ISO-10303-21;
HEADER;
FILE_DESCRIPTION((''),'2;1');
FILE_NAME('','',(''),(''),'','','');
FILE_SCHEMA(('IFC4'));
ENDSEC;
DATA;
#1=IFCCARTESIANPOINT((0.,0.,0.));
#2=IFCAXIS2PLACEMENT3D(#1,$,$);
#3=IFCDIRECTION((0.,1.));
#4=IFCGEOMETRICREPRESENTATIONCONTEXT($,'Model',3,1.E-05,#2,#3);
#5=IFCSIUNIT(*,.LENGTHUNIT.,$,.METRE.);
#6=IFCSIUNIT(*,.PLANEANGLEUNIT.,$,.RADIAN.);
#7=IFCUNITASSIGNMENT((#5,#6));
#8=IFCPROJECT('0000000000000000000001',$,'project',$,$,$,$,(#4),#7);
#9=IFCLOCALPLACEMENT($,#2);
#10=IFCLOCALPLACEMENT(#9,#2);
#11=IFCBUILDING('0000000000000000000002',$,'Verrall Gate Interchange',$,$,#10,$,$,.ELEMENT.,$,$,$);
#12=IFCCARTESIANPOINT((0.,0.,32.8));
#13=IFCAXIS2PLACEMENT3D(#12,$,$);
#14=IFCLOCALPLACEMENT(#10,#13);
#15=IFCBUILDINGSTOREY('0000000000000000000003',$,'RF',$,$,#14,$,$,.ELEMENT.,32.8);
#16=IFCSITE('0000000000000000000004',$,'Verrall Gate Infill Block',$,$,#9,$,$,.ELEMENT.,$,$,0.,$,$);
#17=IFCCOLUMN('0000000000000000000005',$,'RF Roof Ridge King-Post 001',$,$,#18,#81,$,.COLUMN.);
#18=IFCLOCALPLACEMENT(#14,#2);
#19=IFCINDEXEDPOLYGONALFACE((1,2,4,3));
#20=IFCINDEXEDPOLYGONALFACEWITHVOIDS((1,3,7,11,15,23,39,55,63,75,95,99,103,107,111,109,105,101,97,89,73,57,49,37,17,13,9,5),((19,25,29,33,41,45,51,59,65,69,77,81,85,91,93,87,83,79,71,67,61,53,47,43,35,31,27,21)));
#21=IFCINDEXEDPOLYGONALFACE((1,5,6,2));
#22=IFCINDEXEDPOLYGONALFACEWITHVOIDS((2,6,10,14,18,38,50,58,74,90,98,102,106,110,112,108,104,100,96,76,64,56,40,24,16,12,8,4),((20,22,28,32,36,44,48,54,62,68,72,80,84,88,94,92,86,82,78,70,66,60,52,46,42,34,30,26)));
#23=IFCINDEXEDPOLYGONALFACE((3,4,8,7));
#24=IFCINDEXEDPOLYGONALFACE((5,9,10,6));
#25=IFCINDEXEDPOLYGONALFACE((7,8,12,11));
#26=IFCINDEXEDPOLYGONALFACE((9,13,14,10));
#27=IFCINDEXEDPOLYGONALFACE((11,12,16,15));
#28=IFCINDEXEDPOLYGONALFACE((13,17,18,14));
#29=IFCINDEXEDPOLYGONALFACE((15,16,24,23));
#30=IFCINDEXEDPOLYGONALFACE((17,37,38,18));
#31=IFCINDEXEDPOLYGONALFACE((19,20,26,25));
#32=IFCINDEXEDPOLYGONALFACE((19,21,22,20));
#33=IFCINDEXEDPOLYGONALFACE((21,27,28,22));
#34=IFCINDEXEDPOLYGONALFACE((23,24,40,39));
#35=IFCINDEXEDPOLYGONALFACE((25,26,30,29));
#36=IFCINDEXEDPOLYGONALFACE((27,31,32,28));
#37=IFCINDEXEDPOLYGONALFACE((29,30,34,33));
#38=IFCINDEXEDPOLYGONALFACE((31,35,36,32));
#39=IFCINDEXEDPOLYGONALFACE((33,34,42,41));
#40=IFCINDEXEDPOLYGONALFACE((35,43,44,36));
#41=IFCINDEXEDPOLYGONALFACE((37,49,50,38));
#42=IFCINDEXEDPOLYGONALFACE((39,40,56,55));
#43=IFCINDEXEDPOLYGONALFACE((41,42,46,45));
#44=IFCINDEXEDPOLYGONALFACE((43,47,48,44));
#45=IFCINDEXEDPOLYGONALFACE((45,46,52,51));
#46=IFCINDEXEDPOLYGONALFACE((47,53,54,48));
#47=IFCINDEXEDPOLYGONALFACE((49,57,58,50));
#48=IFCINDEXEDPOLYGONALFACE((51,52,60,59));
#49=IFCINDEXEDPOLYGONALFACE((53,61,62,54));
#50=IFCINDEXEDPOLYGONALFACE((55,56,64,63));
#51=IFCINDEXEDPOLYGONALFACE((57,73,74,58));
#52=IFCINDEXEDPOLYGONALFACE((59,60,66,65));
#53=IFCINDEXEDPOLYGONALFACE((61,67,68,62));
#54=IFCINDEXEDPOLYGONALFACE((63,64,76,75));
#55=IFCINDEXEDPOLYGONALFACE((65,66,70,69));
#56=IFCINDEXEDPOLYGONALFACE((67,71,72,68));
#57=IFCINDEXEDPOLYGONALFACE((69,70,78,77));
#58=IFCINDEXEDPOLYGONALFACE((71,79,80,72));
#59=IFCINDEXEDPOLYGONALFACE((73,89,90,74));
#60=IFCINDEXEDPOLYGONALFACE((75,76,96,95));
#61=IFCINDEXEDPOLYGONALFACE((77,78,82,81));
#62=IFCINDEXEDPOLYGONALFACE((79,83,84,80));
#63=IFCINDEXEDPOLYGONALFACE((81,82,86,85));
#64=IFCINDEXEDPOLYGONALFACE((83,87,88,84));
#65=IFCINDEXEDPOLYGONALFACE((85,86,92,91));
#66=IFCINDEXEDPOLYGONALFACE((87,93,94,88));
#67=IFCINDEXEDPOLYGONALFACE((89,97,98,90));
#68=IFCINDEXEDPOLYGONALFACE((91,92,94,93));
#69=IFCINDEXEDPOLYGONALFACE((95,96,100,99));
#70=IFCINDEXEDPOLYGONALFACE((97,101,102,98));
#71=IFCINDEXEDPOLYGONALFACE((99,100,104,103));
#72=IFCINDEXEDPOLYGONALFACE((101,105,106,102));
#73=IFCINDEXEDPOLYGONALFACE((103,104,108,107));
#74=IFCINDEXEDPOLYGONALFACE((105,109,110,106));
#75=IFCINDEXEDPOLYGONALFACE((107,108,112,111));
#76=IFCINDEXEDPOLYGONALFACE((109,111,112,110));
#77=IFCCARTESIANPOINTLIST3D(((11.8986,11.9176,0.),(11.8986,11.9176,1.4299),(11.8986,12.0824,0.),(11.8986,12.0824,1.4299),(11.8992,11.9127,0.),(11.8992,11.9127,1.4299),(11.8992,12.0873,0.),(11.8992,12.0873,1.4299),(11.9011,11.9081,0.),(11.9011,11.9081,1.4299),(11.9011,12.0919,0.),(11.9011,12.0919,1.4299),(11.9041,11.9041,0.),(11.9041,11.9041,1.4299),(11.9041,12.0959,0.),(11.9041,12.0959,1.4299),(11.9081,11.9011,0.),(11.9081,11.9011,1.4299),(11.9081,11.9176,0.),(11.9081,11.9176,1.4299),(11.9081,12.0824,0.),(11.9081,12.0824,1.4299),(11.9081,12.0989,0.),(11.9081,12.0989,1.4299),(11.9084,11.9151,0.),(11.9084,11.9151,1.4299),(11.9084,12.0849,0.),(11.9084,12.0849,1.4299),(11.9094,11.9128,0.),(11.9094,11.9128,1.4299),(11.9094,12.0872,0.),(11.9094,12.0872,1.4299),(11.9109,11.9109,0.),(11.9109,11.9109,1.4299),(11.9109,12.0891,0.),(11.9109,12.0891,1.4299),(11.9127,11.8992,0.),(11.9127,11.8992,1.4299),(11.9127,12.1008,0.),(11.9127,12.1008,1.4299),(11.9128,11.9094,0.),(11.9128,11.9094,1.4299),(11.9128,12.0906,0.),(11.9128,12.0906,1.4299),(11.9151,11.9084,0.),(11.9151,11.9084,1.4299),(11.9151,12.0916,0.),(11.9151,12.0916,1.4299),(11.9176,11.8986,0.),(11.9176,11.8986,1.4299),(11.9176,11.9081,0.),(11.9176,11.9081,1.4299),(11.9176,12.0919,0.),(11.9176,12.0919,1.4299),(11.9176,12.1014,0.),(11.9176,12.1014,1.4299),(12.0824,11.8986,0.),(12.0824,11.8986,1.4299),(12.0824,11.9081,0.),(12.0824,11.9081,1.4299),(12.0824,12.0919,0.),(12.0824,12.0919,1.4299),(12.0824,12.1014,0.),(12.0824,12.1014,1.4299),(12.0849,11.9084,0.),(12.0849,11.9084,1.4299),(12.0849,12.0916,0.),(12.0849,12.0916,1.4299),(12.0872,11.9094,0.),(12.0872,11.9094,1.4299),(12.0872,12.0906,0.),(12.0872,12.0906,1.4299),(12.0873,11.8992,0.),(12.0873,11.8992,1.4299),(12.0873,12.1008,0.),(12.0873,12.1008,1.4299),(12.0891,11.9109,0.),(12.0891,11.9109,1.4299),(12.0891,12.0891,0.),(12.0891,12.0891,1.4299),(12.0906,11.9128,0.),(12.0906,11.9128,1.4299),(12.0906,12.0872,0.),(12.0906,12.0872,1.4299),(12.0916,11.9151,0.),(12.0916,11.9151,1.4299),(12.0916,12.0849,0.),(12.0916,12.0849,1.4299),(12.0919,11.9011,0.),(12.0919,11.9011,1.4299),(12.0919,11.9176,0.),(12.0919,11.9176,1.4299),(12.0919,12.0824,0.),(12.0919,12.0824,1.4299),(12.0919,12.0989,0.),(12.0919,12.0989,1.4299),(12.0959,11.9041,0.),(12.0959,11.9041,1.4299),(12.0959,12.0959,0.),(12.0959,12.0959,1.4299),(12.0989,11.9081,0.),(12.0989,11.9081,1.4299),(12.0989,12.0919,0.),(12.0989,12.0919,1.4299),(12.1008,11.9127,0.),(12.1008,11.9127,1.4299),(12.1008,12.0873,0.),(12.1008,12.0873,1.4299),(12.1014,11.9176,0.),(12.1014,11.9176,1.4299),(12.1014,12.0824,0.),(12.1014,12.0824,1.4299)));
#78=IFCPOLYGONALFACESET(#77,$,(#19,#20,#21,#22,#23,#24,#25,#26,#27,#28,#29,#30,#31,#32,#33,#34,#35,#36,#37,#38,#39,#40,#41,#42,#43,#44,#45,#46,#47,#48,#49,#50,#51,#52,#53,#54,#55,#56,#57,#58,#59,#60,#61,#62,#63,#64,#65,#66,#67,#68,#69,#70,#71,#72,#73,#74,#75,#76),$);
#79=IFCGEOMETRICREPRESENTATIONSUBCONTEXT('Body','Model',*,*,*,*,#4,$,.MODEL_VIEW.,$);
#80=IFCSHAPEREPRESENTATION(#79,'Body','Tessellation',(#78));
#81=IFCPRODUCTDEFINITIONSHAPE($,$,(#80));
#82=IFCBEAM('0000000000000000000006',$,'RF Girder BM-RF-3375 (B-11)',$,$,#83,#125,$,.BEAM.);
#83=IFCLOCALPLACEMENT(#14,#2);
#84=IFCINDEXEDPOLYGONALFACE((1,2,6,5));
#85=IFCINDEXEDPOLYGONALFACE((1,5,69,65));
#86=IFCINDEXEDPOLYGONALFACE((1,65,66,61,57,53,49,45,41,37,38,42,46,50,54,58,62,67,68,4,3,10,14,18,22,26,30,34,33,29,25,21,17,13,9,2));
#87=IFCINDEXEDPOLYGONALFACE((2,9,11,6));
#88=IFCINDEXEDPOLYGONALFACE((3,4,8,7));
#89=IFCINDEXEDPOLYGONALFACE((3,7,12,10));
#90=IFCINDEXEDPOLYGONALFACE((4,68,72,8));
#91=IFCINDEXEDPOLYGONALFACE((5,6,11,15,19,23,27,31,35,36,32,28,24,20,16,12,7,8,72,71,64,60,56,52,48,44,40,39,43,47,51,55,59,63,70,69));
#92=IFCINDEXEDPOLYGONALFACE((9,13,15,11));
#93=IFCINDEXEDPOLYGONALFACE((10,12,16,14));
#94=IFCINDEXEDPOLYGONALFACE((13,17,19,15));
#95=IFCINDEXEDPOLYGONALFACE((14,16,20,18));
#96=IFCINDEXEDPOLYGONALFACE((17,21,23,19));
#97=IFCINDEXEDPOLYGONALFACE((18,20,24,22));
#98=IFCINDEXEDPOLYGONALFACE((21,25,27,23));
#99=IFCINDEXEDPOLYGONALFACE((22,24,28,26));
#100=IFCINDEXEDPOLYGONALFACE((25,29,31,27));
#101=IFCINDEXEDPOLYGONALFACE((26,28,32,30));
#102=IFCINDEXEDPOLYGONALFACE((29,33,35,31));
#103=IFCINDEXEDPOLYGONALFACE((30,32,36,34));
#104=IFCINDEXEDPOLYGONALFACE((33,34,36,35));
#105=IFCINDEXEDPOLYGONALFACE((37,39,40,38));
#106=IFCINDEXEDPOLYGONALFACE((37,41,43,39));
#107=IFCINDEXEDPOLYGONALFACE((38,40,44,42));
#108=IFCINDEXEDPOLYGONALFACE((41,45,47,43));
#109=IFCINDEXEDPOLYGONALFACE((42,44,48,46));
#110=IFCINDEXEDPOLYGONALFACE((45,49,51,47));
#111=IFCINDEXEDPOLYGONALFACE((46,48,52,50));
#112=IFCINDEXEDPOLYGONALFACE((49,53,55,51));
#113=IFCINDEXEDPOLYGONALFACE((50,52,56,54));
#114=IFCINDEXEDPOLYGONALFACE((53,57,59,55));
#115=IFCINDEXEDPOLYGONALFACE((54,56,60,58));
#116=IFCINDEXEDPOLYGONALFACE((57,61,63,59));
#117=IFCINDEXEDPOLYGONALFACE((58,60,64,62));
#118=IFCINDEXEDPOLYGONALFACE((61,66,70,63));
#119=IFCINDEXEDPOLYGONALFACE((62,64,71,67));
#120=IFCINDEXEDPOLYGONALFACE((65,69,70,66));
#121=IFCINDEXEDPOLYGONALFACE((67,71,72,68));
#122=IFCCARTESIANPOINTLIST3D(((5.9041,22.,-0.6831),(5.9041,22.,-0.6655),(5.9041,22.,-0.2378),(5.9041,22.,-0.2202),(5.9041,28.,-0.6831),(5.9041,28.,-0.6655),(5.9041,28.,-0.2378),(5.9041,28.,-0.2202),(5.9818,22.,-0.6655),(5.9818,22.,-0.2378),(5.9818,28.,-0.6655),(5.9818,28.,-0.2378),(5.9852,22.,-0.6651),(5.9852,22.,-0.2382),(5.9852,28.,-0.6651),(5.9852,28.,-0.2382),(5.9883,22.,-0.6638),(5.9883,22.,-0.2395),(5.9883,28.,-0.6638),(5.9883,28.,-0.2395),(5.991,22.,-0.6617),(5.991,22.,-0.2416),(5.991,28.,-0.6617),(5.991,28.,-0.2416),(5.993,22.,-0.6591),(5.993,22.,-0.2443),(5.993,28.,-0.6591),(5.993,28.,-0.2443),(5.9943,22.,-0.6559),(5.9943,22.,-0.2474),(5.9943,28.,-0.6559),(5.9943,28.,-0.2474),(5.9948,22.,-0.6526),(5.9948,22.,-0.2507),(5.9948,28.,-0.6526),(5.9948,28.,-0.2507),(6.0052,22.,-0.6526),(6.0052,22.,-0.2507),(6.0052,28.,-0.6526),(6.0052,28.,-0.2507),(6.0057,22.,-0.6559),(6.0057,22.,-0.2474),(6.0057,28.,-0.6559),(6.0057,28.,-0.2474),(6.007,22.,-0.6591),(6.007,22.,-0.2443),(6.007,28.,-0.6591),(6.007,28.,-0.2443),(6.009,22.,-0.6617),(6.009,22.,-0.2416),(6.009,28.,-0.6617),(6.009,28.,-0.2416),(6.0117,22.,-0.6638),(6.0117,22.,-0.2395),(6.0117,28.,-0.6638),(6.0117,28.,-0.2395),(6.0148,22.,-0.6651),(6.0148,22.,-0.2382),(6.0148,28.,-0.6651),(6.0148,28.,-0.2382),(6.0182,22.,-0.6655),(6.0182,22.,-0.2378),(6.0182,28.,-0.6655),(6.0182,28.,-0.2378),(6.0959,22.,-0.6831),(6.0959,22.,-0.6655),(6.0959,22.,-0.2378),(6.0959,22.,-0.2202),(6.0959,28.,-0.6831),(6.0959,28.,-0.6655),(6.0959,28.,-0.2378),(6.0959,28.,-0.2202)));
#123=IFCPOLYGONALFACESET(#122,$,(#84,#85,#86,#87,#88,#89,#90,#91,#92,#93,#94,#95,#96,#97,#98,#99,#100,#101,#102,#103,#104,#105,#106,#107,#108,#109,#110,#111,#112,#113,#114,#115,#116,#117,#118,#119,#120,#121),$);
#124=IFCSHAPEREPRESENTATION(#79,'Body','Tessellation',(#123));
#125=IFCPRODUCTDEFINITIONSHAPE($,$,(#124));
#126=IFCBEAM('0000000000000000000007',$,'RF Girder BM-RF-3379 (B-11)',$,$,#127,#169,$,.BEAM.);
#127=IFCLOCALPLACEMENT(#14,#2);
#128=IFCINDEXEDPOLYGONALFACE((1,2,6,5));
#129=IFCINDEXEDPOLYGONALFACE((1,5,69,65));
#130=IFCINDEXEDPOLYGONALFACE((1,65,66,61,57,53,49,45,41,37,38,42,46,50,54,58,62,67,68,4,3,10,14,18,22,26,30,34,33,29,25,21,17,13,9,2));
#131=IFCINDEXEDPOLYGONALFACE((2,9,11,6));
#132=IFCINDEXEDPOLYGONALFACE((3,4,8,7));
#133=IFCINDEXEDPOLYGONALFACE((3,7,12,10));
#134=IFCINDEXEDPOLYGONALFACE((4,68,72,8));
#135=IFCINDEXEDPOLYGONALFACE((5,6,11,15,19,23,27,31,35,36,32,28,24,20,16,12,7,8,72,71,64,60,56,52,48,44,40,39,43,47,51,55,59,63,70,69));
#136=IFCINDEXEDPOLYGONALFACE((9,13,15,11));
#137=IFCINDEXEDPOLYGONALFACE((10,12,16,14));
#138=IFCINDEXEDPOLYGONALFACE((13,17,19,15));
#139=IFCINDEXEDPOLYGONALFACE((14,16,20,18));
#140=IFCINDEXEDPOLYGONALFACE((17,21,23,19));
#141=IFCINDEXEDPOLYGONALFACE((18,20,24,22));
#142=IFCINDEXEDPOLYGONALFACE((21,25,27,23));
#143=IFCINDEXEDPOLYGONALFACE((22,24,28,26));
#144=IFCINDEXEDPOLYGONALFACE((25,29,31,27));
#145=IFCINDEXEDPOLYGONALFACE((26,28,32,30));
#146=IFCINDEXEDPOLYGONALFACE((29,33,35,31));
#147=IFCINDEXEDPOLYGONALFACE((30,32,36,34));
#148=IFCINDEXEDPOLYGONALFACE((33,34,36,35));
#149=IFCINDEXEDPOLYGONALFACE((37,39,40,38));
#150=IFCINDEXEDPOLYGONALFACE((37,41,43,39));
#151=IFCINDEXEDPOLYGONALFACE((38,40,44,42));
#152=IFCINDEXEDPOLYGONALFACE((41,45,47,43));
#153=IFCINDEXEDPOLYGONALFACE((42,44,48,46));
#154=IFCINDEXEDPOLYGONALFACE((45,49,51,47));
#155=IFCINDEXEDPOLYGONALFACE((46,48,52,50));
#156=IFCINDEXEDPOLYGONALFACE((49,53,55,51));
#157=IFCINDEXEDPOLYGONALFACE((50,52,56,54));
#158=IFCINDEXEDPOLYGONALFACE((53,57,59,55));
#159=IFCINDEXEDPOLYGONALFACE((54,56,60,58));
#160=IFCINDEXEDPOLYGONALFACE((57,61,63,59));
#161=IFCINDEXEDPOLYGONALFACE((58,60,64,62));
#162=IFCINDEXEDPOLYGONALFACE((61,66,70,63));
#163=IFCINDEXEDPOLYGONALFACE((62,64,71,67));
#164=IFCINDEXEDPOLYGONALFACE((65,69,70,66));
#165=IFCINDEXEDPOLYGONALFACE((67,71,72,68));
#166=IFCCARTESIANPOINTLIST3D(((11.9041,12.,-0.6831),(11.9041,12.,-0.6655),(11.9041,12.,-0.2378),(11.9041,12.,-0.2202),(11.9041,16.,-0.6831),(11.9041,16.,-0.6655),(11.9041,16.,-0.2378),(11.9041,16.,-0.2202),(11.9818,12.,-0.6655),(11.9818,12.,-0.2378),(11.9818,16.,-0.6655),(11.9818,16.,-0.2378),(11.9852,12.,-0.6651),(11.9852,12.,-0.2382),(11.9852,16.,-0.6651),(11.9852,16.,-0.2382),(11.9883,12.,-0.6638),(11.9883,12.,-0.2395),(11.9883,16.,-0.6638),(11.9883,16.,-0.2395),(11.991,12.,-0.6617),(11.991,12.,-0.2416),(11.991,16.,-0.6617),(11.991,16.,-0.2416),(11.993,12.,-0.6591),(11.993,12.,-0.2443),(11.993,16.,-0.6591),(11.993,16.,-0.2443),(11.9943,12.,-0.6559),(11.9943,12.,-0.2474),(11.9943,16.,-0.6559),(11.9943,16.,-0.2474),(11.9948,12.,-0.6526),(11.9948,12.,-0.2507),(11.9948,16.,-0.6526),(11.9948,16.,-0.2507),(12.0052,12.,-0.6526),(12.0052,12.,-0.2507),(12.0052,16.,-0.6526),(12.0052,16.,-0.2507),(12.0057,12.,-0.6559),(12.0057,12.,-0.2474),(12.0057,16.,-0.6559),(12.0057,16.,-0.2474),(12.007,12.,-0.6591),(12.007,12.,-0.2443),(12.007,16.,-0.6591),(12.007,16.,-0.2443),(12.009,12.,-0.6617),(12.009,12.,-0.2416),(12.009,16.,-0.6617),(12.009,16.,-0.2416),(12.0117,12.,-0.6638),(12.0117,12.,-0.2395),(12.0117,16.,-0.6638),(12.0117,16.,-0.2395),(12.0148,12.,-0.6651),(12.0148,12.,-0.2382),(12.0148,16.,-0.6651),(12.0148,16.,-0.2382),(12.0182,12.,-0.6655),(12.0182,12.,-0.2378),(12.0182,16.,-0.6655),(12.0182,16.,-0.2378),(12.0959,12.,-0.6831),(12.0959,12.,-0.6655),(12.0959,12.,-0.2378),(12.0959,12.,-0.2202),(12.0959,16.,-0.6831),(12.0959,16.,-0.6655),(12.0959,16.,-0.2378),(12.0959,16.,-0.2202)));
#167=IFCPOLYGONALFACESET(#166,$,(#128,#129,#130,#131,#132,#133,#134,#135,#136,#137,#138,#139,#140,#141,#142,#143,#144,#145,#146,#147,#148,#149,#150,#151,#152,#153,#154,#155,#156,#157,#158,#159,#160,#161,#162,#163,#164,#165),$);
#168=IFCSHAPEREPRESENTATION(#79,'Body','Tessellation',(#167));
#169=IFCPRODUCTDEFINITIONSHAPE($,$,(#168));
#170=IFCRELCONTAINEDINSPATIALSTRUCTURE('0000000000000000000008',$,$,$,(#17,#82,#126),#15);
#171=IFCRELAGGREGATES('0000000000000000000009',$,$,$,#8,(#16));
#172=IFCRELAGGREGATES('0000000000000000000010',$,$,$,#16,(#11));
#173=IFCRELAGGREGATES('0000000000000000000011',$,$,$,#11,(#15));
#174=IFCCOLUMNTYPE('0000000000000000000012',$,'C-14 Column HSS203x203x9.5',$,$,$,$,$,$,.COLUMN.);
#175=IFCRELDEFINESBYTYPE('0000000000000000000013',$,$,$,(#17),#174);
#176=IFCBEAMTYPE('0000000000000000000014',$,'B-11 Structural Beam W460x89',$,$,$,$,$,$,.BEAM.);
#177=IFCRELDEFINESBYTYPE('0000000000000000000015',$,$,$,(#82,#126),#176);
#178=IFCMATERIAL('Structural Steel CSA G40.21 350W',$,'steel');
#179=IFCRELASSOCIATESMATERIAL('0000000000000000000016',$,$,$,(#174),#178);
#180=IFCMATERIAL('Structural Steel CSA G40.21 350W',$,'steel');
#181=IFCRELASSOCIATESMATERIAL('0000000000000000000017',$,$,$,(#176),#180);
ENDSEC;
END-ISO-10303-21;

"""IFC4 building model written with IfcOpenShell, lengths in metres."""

from ifc_helpers import new_model, si_unit, direction, frame, origin, origin_2d, place, context, subcontext, project, spatial, hollow_rectangle, i_section, extrude, material, material_profile, profile_set, type_object, element, save


model = new_model("IFC4")

# Units and contexts
model_context = context("Model", 3, precision=1e-05, world=origin(), true_north=direction((0.0, 1.0)))
body_context = subcontext(model_context, "Body", "Model", "MODEL_VIEW")
ifc_project = project(units=[si_unit("LENGTHUNIT", "METRE"), si_unit("PLANEANGLEUNIT", "RADIAN")], contexts=[model_context])

# Site, building, storey
site_placement = place(None, origin())
site = spatial("IfcSite", under=ifc_project, at=site_placement, Name="Verrall Gate Infill Block", CompositionType="ELEMENT", RefElevation=0.0)
building_placement = place(site_placement, origin())
building = spatial("IfcBuilding", under=site, at=building_placement, Name="Verrall Gate Interchange", CompositionType="ELEMENT")
storey_placement = place(building_placement, frame((0.0, 0.0, 32.8)))
storey = spatial("IfcBuildingStorey", under=building, at=storey_placement, Name="RF", CompositionType="ELEMENT", Elevation=32.8)

# Column
ifc_material_1 = material(Name="Structural Steel CSA G40.21 350W", Category="steel")
ifc_material_profile_1 = material_profile(ifc_material_1, hollow_rectangle(XDim=0.2029, YDim=0.2029, WallThickness=0.0095, InnerFilletRadius=0.0095, OuterFilletRadius=0.019, at=origin_2d()), Name="HSS203x203x9.5")
ifc_profile_set_1 = profile_set([ifc_material_profile_1], Name="Structural Steel CSA G40.21 350W")
column_type = type_object("IfcColumnType", Name="C-14 Column HSS203x203x9.5", PredefinedType="COLUMN", material=ifc_profile_set_1)
column_placement = place(storey_placement, frame((12.0, 12.0, 0.0), z_axis=(0.0, 0.0, 1.0), x_axis=(1.0, 0.0, 0.0)))
element("IfcColumn", 1, at=column_placement, inside=storey, type_object=column_type, Name="RF Roof Ridge King-Post 001", PredefinedType="COLUMN", context=body_context, shape_type="SweptSolid", body=[
    extrude(hollow_rectangle(XDim=0.2029, YDim=0.2029, WallThickness=0.0095, InnerFilletRadius=0.0095, OuterFilletRadius=0.019, at=origin_2d()), origin(), (0.0, 0.0, 1.0), 1.4299),
])

# Beams
ifc_material_2 = material(Name="Structural Steel CSA G40.21 350W", Category="steel")
ifc_material_profile_2 = material_profile(ifc_material_2, i_section(OverallWidth=0.1919, OverallDepth=0.4629, WebThickness=0.0105, FlangeThickness=0.0176, FilletRadius=0.0129, at=origin_2d()), Name="W460x89")
ifc_profile_set_2 = profile_set([ifc_material_profile_2], Name="Structural Steel CSA G40.21 350W")
beam_type_1 = type_object("IfcBeamType", Name="B-11 Structural Beam W460x89", PredefinedType="BEAM", material=ifc_profile_set_2)
beam_1_placement = place(storey_placement, frame((6.0, 22.0, -0.4517), z_axis=(0.0, 1.0, 0.0), x_axis=(-1.0, 0.0, 0.0)))
element("IfcBeam", 2, at=beam_1_placement, inside=storey, type_object=beam_type_1, Name="RF Girder BM-RF-3375 (B-11)", PredefinedType="BEAM", context=body_context, shape_type="SweptSolid", body=[
    extrude(i_section(OverallWidth=0.1919, OverallDepth=0.4629, WebThickness=0.0105, FlangeThickness=0.0176, FilletRadius=0.0129, at=origin_2d()), origin(), (0.0, 0.0, 1.0), 6.0),
])
beam_2_placement = place(storey_placement, frame((12.0, 12.0, -0.4517), z_axis=(0.0, 1.0, 0.0), x_axis=(-1.0, 0.0, 0.0)))
element("IfcBeam", 3, at=beam_2_placement, inside=storey, type_object=beam_type_1, Name="RF Girder BM-RF-3379 (B-11)", PredefinedType="BEAM", context=body_context, shape_type="SweptSolid", body=[
    extrude(i_section(OverallWidth=0.1919, OverallDepth=0.4629, WebThickness=0.0105, FlangeThickness=0.0176, FilletRadius=0.0129, at=origin_2d()), origin(), (0.0, 0.0, 1.0), 4.0),
])

save(model, "model.ifc")
